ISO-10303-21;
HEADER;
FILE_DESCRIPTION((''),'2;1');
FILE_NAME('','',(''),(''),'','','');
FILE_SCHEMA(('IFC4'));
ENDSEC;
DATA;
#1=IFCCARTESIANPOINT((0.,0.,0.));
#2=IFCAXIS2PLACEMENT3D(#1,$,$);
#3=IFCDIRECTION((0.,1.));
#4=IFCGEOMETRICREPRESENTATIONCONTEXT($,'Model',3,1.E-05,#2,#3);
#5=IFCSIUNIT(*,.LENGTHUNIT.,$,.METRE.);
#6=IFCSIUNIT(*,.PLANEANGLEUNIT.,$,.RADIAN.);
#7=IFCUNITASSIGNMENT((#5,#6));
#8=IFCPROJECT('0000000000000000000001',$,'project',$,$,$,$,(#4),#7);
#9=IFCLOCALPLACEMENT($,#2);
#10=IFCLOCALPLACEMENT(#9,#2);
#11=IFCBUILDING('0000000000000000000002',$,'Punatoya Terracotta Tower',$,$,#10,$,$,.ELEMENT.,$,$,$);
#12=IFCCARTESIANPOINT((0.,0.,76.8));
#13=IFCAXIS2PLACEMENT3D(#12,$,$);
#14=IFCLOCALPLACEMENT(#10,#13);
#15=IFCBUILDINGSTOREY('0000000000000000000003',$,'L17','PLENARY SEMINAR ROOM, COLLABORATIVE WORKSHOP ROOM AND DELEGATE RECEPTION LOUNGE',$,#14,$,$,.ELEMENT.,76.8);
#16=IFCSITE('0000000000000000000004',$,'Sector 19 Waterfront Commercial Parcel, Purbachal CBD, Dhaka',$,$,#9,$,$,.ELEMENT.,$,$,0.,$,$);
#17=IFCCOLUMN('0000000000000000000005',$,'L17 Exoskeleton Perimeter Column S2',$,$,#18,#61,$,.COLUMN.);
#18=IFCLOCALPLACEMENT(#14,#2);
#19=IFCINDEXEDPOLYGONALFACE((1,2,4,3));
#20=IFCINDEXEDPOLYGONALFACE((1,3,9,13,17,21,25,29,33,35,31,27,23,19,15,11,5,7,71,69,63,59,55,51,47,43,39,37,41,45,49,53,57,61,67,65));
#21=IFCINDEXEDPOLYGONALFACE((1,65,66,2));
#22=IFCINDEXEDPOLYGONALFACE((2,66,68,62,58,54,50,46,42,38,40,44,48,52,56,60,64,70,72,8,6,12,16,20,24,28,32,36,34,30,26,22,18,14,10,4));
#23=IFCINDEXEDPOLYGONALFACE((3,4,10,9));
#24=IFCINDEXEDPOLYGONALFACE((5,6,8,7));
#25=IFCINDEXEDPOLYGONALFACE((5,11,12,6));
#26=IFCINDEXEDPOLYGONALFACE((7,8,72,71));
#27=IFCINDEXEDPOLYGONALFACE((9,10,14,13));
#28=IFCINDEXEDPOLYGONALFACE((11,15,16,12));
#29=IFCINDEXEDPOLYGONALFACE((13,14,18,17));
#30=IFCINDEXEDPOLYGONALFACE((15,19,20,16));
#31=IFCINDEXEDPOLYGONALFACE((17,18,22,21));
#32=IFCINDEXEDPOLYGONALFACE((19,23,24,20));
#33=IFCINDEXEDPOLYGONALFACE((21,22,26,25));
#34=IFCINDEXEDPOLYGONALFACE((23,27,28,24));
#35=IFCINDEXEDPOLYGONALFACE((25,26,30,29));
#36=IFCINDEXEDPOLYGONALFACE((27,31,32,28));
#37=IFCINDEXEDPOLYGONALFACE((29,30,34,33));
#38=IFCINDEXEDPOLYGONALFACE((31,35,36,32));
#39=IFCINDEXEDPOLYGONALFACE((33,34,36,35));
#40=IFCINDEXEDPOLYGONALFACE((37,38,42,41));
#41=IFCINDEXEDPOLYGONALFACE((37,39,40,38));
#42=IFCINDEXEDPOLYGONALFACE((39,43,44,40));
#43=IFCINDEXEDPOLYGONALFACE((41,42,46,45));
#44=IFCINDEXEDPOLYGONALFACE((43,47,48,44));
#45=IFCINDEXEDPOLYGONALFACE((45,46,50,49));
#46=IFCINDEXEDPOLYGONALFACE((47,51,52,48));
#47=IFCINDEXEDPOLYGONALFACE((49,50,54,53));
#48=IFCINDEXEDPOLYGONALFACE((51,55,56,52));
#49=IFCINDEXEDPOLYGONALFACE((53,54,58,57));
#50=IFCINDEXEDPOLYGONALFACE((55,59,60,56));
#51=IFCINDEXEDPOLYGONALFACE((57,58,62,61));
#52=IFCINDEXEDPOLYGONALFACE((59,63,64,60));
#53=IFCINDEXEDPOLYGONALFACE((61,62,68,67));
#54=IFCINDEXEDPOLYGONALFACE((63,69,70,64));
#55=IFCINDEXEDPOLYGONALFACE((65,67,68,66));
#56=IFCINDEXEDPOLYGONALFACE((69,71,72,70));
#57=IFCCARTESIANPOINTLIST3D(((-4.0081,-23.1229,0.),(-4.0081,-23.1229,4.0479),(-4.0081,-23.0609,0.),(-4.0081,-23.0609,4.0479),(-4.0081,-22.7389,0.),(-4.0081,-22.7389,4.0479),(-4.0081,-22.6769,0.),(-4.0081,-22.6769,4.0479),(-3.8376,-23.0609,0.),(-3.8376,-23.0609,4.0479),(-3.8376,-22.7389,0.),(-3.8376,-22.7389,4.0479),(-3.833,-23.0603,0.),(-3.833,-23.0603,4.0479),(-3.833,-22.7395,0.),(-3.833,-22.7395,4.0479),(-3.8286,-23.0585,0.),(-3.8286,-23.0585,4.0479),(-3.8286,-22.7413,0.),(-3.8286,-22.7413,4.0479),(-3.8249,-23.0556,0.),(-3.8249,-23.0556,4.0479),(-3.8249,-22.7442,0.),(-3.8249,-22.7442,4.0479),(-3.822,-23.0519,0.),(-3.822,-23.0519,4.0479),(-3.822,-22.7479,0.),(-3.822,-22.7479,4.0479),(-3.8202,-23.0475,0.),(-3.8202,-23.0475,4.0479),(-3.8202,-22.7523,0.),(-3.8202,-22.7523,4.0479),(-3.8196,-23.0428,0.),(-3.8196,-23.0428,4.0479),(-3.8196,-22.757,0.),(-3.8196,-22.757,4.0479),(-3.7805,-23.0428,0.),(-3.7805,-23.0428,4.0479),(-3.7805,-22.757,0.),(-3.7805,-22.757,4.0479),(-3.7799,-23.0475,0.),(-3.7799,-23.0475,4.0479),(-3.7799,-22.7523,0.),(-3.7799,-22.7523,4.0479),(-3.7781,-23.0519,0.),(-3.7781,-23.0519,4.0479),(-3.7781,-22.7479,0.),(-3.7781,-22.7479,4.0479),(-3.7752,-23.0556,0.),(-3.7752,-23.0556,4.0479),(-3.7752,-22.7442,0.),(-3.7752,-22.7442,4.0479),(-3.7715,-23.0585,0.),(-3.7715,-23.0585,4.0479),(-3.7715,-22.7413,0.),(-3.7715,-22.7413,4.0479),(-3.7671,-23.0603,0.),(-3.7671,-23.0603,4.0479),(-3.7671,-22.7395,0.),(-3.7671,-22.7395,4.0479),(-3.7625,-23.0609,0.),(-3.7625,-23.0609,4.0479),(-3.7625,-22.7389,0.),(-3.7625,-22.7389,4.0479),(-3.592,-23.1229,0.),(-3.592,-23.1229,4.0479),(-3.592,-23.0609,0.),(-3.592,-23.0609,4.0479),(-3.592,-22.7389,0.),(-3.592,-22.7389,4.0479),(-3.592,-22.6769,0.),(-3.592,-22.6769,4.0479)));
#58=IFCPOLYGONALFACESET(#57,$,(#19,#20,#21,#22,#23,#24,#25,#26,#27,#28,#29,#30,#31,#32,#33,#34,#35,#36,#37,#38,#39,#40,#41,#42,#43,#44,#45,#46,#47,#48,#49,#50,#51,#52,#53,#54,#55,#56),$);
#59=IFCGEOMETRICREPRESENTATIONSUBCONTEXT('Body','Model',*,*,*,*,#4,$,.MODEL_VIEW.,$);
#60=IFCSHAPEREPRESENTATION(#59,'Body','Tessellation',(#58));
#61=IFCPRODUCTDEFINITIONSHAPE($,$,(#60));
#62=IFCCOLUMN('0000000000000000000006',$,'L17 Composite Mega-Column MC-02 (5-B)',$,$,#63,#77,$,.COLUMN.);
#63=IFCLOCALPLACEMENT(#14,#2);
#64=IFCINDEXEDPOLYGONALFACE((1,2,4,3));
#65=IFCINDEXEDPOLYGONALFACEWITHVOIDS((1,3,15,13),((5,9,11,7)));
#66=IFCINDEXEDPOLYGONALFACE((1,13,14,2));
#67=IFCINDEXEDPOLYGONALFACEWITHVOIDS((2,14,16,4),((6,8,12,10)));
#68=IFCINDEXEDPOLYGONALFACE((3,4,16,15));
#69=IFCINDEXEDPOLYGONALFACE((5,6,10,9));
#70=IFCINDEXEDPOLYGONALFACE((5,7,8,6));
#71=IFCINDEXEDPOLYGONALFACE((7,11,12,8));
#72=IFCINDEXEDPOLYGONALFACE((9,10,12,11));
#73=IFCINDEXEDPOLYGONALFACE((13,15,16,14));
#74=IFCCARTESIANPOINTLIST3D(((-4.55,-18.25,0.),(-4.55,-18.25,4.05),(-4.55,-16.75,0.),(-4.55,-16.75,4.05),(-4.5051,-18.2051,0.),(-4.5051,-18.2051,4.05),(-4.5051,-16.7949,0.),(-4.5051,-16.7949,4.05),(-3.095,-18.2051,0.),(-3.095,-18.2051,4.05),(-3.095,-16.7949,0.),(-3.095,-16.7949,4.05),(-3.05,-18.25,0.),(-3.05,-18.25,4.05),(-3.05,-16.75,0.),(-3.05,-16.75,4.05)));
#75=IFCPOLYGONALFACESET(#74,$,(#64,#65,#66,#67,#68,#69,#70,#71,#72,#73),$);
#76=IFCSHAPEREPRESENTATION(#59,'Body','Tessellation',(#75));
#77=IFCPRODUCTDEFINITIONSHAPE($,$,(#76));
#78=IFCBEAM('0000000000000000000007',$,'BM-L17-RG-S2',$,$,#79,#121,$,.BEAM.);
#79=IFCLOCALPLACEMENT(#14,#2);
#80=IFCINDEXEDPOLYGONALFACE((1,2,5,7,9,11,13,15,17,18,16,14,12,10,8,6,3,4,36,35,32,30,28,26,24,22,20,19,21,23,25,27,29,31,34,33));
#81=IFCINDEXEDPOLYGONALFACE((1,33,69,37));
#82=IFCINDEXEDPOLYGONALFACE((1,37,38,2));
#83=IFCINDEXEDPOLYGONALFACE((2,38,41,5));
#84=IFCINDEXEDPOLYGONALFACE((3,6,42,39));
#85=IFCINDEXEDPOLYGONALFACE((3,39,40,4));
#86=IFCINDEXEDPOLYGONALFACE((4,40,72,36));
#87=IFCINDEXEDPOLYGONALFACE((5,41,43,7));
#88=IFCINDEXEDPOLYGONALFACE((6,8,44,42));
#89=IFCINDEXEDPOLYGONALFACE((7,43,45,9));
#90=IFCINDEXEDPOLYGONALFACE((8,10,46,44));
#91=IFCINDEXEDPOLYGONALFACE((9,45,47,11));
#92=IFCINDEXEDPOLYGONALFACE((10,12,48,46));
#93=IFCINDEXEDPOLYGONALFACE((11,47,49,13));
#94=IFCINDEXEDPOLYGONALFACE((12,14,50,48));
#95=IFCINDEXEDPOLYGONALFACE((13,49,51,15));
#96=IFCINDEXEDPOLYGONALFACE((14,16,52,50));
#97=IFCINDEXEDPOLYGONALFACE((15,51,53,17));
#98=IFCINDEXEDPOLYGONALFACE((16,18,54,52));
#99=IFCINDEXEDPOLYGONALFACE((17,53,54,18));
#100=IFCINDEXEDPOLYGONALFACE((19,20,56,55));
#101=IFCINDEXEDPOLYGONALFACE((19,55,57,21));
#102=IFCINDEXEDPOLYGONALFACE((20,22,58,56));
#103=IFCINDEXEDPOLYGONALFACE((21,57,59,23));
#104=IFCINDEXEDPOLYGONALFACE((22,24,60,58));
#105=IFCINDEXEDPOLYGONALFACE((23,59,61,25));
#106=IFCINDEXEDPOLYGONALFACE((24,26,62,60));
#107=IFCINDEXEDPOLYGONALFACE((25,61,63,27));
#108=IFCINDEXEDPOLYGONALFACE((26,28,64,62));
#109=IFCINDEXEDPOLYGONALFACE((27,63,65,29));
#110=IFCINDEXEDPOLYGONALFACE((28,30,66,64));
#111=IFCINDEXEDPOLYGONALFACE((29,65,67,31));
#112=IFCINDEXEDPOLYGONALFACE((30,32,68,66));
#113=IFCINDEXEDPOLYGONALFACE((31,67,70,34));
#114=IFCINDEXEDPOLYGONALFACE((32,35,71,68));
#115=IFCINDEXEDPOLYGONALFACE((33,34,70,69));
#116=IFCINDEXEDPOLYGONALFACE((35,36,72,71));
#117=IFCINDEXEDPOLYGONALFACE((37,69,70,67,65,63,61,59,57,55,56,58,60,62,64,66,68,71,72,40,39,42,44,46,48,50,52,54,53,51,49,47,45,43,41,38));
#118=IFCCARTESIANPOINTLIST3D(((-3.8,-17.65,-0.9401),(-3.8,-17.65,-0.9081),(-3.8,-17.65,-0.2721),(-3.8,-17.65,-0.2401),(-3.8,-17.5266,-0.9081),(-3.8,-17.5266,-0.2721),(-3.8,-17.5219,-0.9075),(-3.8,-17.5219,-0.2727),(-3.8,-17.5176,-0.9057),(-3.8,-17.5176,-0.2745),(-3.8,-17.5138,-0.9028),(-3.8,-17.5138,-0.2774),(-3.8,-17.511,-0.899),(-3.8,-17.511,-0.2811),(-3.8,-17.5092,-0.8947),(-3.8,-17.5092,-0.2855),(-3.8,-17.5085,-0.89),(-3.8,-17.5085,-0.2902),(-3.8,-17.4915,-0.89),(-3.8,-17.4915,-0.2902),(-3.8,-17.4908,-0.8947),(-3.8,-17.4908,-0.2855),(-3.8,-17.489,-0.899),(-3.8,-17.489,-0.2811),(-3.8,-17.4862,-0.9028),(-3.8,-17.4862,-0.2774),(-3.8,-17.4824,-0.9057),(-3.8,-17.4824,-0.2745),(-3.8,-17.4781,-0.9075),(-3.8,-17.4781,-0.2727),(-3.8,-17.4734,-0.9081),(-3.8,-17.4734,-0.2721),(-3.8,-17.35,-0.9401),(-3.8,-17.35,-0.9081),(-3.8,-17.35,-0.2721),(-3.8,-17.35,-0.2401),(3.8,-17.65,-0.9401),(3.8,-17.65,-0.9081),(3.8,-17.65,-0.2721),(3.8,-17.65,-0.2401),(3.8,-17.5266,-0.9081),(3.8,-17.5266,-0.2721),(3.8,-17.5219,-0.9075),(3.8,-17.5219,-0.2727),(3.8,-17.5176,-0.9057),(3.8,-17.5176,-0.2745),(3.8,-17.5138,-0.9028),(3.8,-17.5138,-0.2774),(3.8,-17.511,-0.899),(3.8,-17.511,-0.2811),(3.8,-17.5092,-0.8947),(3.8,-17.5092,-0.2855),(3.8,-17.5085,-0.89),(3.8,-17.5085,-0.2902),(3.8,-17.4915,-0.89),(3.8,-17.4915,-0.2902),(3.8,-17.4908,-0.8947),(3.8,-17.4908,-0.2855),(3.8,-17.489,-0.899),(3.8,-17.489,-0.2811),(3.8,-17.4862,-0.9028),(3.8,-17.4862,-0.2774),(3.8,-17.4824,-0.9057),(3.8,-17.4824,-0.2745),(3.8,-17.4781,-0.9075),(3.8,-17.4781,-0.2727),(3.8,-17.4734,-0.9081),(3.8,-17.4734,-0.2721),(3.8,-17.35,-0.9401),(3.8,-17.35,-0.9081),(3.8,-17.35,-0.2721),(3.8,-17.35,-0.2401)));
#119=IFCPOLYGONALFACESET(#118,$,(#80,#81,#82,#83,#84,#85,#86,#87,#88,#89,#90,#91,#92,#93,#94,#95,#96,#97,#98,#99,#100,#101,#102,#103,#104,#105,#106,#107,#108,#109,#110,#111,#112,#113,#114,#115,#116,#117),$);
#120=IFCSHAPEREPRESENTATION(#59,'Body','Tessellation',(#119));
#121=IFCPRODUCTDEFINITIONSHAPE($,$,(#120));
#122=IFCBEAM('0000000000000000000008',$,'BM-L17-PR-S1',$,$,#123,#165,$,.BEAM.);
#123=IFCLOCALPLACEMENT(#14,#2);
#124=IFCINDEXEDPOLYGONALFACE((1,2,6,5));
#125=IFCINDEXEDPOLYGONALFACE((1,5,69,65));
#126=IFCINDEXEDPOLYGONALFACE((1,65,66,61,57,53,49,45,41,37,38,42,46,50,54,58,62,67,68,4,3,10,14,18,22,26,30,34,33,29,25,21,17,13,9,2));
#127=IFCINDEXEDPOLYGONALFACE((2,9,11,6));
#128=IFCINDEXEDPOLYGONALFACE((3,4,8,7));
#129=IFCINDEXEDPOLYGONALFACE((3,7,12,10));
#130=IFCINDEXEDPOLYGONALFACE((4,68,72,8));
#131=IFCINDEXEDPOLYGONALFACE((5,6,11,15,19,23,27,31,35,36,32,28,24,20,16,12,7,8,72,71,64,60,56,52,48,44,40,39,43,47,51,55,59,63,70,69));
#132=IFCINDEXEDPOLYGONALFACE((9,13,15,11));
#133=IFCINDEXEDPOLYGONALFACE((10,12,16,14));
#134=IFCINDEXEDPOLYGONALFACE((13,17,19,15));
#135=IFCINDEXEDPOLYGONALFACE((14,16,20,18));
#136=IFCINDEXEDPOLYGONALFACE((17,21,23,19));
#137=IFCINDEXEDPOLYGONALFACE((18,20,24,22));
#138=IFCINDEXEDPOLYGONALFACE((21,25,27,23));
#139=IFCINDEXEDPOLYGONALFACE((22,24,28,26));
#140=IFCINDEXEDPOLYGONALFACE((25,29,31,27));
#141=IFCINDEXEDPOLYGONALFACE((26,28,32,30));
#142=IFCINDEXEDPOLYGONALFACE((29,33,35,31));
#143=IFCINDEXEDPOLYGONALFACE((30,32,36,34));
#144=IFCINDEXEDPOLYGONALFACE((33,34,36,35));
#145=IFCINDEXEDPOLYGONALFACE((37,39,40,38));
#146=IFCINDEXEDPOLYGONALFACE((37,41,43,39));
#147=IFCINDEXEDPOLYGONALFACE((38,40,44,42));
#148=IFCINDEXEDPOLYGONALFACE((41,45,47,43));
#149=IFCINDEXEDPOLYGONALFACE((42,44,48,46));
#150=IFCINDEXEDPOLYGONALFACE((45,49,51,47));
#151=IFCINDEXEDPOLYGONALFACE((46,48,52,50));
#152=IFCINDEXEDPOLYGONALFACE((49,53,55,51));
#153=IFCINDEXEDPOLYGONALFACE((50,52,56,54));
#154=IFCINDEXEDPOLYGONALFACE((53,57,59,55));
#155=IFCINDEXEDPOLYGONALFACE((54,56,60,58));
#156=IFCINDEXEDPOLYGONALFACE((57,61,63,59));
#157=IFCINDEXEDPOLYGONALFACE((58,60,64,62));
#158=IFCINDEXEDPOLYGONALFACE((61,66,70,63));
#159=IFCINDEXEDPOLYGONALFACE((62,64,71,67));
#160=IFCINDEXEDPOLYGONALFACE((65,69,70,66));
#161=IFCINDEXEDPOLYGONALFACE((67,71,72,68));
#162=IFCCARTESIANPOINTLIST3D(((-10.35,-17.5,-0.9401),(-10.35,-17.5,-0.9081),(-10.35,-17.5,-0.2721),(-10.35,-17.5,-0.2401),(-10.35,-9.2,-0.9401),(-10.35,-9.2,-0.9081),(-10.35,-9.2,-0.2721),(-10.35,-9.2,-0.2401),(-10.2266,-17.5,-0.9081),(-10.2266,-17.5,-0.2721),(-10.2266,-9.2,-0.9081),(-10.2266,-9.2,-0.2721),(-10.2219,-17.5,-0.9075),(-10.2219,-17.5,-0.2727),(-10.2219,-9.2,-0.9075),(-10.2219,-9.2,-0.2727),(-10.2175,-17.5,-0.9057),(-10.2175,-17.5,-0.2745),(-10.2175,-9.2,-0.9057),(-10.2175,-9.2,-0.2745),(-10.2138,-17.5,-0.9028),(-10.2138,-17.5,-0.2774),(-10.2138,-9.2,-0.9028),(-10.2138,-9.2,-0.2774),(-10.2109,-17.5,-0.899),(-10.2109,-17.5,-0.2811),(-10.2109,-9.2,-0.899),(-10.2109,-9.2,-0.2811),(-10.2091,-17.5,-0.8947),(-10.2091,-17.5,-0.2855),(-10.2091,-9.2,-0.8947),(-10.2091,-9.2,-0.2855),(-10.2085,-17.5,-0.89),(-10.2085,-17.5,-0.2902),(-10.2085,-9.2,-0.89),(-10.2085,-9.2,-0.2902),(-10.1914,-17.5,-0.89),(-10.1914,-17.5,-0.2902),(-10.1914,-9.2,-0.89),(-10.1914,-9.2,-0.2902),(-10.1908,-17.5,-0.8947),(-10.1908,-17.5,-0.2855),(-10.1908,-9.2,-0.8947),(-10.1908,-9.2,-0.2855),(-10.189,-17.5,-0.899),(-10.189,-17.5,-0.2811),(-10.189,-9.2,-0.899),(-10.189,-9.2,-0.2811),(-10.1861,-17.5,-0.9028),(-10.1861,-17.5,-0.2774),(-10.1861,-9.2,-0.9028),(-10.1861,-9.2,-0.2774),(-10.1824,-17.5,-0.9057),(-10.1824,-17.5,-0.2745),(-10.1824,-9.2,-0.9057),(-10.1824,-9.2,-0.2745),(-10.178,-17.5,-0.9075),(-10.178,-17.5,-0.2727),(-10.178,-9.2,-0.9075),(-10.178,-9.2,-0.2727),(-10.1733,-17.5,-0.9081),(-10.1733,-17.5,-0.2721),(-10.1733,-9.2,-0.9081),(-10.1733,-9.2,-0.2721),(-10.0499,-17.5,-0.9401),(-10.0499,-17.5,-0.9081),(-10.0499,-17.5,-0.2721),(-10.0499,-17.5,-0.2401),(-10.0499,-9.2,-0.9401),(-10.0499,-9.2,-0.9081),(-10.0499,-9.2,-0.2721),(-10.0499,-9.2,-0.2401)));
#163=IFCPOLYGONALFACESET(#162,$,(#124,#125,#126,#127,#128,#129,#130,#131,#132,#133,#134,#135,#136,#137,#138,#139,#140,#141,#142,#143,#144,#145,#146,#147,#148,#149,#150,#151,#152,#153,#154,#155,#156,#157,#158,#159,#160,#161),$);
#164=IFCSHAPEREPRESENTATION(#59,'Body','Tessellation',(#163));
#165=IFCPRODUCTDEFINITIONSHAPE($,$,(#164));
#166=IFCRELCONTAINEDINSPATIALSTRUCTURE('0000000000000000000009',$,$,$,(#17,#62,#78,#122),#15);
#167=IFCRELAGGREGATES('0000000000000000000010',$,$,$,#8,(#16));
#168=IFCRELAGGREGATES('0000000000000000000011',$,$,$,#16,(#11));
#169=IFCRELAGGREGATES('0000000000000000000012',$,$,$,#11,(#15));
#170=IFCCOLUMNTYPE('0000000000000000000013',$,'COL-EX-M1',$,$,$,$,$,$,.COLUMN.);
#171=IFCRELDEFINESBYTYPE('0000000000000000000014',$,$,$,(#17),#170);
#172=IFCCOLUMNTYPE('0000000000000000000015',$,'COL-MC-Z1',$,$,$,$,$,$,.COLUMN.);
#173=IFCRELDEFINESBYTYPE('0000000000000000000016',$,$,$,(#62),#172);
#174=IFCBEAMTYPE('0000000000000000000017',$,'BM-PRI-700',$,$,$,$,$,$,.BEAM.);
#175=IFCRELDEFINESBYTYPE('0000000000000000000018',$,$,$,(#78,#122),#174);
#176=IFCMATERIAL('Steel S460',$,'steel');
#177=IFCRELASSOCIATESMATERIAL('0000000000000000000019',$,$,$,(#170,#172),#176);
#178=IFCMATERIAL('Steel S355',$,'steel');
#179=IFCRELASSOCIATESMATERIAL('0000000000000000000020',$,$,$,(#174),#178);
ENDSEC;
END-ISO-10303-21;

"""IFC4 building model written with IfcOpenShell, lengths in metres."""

from ifc_helpers import new_model, si_unit, direction, frame, origin, origin_2d, place, context, subcontext, project, spatial, hollow_rectangle, i_section, extrude, material, material_profile, profile_set, type_object, element, save


model = new_model("IFC4")

# Units and contexts
model_context = context("Model", 3, precision=1e-05, world=origin(), true_north=direction((0.0, 1.0)))
body_context = subcontext(model_context, "Body", "Model", "MODEL_VIEW")
ifc_project = project(units=[si_unit("LENGTHUNIT", "METRE"), si_unit("PLANEANGLEUNIT", "RADIAN")], contexts=[model_context])

# Site, building, storey
site_placement = place(None, origin())
site = spatial("IfcSite", under=ifc_project, at=site_placement, Name="Sector 19 Waterfront Commercial Parcel, Purbachal CBD, Dhaka", CompositionType="ELEMENT", RefElevation=0.0)
building_placement = place(site_placement, origin())
building = spatial("IfcBuilding", under=site, at=building_placement, Name="Punatoya Terracotta Tower", CompositionType="ELEMENT")
storey_placement = place(building_placement, frame((0.0, 0.0, 76.8)))
storey = spatial("IfcBuildingStorey", under=building, at=storey_placement, Name="L17", Description="PLENARY SEMINAR ROOM, COLLABORATIVE WORKSHOP ROOM AND DELEGATE RECEPTION LOUNGE", CompositionType="ELEMENT", Elevation=76.8)

# Columns
ifc_material_1 = material(Name="Steel S460", Category="steel")
ifc_material_profile_1 = material_profile(ifc_material_1, i_section(OverallWidth=0.416, OverallDepth=0.446, WebThickness=0.0391, FlangeThickness=0.062, FilletRadius=0.0181, at=origin_2d()))
ifc_profile_set_1 = profile_set([ifc_material_profile_1], Name="Steel S460")
column_type_1 = type_object("IfcColumnType", Name="COL-EX-M1", PredefinedType="COLUMN", material=ifc_profile_set_1)
column_1_placement = place(storey_placement, frame((-3.8, -22.8999, 0.0), z_axis=(0.0, 0.0, 1.0), x_axis=(1.0, 0.0, 0.0)))
element("IfcColumn", 1, at=column_1_placement, inside=storey, type_object=column_type_1, Name="L17 Exoskeleton Perimeter Column S2", PredefinedType="COLUMN", context=body_context, shape_type="SweptSolid", body=[
    extrude(i_section(OverallWidth=0.416, OverallDepth=0.446, WebThickness=0.0391, FlangeThickness=0.062, FilletRadius=0.0181, at=origin_2d()), origin(), (0.0, 0.0, 1.0), 4.0479),
])
ifc_material_profile_2 = material_profile(ifc_material_1, hollow_rectangle(XDim=1.5, YDim=1.5, WallThickness=0.0449, at=origin_2d()))
ifc_profile_set_2 = profile_set([ifc_material_profile_2], Name="Steel S460")
column_type_2 = type_object("IfcColumnType", Name="COL-MC-Z1", PredefinedType="COLUMN", material=ifc_profile_set_2)
column_2_placement = place(storey_placement, frame((-3.8, -17.5, 0.0), z_axis=(0.0, 0.0, 1.0), x_axis=(1.0, 0.0, 0.0)))
element("IfcColumn", 2, at=column_2_placement, inside=storey, type_object=column_type_2, Name="L17 Composite Mega-Column MC-02 (5-B)", PredefinedType="COLUMN", context=body_context, shape_type="SweptSolid", body=[
    extrude(hollow_rectangle(XDim=1.5, YDim=1.5, WallThickness=0.0449, at=origin_2d()), origin(), (0.0, 0.0, 1.0), 4.05),
])

# Beams
ifc_material_2 = material(Name="Steel S355", Category="steel")
ifc_material_profile_3 = material_profile(ifc_material_2, i_section(OverallWidth=0.3, OverallDepth=0.7, WebThickness=0.0171, FlangeThickness=0.032, FilletRadius=0.0181, at=origin_2d()))
ifc_profile_set_3 = profile_set([ifc_material_profile_3], Name="Steel S355")
beam_type_1 = type_object("IfcBeamType", Name="BM-PRI-700", PredefinedType="BEAM", material=ifc_profile_set_3)
beam_1_placement = place(storey_placement, frame((-3.8, -17.5, -0.5901), z_axis=(1.0, 0.0, 0.0), x_axis=(0.0, 1.0, 0.0)))
element("IfcBeam", 3, at=beam_1_placement, inside=storey, type_object=beam_type_1, Name="BM-L17-RG-S2", PredefinedType="BEAM", context=body_context, shape_type="SweptSolid", body=[
    extrude(i_section(OverallWidth=0.3, OverallDepth=0.7, WebThickness=0.0171, FlangeThickness=0.032, FilletRadius=0.0181, at=origin_2d()), origin(), (0.0, 0.0, 1.0), 7.6001),
])
for number, where, z_axis, x_axis, name in (
    (4, (-10.2, -17.5, -0.5901), (0.0, 1.0, 0.0), (-1.0, 0.0, 0.0), "BM-L17-PR-S1"),
):
    element("IfcBeam", number, at=place(storey_placement, frame(where, z_axis=z_axis, x_axis=x_axis)), inside=storey, type_object=beam_type_1, Name=name, PredefinedType="BEAM", context=body_context, shape_type="SweptSolid", body=[
        extrude(i_section(OverallWidth=0.3, OverallDepth=0.7, WebThickness=0.0171, FlangeThickness=0.032, FilletRadius=0.0181, at=origin_2d()), origin(), (0.0, 0.0, 1.0), 8.3),
    ])

save(model, "model.ifc")
